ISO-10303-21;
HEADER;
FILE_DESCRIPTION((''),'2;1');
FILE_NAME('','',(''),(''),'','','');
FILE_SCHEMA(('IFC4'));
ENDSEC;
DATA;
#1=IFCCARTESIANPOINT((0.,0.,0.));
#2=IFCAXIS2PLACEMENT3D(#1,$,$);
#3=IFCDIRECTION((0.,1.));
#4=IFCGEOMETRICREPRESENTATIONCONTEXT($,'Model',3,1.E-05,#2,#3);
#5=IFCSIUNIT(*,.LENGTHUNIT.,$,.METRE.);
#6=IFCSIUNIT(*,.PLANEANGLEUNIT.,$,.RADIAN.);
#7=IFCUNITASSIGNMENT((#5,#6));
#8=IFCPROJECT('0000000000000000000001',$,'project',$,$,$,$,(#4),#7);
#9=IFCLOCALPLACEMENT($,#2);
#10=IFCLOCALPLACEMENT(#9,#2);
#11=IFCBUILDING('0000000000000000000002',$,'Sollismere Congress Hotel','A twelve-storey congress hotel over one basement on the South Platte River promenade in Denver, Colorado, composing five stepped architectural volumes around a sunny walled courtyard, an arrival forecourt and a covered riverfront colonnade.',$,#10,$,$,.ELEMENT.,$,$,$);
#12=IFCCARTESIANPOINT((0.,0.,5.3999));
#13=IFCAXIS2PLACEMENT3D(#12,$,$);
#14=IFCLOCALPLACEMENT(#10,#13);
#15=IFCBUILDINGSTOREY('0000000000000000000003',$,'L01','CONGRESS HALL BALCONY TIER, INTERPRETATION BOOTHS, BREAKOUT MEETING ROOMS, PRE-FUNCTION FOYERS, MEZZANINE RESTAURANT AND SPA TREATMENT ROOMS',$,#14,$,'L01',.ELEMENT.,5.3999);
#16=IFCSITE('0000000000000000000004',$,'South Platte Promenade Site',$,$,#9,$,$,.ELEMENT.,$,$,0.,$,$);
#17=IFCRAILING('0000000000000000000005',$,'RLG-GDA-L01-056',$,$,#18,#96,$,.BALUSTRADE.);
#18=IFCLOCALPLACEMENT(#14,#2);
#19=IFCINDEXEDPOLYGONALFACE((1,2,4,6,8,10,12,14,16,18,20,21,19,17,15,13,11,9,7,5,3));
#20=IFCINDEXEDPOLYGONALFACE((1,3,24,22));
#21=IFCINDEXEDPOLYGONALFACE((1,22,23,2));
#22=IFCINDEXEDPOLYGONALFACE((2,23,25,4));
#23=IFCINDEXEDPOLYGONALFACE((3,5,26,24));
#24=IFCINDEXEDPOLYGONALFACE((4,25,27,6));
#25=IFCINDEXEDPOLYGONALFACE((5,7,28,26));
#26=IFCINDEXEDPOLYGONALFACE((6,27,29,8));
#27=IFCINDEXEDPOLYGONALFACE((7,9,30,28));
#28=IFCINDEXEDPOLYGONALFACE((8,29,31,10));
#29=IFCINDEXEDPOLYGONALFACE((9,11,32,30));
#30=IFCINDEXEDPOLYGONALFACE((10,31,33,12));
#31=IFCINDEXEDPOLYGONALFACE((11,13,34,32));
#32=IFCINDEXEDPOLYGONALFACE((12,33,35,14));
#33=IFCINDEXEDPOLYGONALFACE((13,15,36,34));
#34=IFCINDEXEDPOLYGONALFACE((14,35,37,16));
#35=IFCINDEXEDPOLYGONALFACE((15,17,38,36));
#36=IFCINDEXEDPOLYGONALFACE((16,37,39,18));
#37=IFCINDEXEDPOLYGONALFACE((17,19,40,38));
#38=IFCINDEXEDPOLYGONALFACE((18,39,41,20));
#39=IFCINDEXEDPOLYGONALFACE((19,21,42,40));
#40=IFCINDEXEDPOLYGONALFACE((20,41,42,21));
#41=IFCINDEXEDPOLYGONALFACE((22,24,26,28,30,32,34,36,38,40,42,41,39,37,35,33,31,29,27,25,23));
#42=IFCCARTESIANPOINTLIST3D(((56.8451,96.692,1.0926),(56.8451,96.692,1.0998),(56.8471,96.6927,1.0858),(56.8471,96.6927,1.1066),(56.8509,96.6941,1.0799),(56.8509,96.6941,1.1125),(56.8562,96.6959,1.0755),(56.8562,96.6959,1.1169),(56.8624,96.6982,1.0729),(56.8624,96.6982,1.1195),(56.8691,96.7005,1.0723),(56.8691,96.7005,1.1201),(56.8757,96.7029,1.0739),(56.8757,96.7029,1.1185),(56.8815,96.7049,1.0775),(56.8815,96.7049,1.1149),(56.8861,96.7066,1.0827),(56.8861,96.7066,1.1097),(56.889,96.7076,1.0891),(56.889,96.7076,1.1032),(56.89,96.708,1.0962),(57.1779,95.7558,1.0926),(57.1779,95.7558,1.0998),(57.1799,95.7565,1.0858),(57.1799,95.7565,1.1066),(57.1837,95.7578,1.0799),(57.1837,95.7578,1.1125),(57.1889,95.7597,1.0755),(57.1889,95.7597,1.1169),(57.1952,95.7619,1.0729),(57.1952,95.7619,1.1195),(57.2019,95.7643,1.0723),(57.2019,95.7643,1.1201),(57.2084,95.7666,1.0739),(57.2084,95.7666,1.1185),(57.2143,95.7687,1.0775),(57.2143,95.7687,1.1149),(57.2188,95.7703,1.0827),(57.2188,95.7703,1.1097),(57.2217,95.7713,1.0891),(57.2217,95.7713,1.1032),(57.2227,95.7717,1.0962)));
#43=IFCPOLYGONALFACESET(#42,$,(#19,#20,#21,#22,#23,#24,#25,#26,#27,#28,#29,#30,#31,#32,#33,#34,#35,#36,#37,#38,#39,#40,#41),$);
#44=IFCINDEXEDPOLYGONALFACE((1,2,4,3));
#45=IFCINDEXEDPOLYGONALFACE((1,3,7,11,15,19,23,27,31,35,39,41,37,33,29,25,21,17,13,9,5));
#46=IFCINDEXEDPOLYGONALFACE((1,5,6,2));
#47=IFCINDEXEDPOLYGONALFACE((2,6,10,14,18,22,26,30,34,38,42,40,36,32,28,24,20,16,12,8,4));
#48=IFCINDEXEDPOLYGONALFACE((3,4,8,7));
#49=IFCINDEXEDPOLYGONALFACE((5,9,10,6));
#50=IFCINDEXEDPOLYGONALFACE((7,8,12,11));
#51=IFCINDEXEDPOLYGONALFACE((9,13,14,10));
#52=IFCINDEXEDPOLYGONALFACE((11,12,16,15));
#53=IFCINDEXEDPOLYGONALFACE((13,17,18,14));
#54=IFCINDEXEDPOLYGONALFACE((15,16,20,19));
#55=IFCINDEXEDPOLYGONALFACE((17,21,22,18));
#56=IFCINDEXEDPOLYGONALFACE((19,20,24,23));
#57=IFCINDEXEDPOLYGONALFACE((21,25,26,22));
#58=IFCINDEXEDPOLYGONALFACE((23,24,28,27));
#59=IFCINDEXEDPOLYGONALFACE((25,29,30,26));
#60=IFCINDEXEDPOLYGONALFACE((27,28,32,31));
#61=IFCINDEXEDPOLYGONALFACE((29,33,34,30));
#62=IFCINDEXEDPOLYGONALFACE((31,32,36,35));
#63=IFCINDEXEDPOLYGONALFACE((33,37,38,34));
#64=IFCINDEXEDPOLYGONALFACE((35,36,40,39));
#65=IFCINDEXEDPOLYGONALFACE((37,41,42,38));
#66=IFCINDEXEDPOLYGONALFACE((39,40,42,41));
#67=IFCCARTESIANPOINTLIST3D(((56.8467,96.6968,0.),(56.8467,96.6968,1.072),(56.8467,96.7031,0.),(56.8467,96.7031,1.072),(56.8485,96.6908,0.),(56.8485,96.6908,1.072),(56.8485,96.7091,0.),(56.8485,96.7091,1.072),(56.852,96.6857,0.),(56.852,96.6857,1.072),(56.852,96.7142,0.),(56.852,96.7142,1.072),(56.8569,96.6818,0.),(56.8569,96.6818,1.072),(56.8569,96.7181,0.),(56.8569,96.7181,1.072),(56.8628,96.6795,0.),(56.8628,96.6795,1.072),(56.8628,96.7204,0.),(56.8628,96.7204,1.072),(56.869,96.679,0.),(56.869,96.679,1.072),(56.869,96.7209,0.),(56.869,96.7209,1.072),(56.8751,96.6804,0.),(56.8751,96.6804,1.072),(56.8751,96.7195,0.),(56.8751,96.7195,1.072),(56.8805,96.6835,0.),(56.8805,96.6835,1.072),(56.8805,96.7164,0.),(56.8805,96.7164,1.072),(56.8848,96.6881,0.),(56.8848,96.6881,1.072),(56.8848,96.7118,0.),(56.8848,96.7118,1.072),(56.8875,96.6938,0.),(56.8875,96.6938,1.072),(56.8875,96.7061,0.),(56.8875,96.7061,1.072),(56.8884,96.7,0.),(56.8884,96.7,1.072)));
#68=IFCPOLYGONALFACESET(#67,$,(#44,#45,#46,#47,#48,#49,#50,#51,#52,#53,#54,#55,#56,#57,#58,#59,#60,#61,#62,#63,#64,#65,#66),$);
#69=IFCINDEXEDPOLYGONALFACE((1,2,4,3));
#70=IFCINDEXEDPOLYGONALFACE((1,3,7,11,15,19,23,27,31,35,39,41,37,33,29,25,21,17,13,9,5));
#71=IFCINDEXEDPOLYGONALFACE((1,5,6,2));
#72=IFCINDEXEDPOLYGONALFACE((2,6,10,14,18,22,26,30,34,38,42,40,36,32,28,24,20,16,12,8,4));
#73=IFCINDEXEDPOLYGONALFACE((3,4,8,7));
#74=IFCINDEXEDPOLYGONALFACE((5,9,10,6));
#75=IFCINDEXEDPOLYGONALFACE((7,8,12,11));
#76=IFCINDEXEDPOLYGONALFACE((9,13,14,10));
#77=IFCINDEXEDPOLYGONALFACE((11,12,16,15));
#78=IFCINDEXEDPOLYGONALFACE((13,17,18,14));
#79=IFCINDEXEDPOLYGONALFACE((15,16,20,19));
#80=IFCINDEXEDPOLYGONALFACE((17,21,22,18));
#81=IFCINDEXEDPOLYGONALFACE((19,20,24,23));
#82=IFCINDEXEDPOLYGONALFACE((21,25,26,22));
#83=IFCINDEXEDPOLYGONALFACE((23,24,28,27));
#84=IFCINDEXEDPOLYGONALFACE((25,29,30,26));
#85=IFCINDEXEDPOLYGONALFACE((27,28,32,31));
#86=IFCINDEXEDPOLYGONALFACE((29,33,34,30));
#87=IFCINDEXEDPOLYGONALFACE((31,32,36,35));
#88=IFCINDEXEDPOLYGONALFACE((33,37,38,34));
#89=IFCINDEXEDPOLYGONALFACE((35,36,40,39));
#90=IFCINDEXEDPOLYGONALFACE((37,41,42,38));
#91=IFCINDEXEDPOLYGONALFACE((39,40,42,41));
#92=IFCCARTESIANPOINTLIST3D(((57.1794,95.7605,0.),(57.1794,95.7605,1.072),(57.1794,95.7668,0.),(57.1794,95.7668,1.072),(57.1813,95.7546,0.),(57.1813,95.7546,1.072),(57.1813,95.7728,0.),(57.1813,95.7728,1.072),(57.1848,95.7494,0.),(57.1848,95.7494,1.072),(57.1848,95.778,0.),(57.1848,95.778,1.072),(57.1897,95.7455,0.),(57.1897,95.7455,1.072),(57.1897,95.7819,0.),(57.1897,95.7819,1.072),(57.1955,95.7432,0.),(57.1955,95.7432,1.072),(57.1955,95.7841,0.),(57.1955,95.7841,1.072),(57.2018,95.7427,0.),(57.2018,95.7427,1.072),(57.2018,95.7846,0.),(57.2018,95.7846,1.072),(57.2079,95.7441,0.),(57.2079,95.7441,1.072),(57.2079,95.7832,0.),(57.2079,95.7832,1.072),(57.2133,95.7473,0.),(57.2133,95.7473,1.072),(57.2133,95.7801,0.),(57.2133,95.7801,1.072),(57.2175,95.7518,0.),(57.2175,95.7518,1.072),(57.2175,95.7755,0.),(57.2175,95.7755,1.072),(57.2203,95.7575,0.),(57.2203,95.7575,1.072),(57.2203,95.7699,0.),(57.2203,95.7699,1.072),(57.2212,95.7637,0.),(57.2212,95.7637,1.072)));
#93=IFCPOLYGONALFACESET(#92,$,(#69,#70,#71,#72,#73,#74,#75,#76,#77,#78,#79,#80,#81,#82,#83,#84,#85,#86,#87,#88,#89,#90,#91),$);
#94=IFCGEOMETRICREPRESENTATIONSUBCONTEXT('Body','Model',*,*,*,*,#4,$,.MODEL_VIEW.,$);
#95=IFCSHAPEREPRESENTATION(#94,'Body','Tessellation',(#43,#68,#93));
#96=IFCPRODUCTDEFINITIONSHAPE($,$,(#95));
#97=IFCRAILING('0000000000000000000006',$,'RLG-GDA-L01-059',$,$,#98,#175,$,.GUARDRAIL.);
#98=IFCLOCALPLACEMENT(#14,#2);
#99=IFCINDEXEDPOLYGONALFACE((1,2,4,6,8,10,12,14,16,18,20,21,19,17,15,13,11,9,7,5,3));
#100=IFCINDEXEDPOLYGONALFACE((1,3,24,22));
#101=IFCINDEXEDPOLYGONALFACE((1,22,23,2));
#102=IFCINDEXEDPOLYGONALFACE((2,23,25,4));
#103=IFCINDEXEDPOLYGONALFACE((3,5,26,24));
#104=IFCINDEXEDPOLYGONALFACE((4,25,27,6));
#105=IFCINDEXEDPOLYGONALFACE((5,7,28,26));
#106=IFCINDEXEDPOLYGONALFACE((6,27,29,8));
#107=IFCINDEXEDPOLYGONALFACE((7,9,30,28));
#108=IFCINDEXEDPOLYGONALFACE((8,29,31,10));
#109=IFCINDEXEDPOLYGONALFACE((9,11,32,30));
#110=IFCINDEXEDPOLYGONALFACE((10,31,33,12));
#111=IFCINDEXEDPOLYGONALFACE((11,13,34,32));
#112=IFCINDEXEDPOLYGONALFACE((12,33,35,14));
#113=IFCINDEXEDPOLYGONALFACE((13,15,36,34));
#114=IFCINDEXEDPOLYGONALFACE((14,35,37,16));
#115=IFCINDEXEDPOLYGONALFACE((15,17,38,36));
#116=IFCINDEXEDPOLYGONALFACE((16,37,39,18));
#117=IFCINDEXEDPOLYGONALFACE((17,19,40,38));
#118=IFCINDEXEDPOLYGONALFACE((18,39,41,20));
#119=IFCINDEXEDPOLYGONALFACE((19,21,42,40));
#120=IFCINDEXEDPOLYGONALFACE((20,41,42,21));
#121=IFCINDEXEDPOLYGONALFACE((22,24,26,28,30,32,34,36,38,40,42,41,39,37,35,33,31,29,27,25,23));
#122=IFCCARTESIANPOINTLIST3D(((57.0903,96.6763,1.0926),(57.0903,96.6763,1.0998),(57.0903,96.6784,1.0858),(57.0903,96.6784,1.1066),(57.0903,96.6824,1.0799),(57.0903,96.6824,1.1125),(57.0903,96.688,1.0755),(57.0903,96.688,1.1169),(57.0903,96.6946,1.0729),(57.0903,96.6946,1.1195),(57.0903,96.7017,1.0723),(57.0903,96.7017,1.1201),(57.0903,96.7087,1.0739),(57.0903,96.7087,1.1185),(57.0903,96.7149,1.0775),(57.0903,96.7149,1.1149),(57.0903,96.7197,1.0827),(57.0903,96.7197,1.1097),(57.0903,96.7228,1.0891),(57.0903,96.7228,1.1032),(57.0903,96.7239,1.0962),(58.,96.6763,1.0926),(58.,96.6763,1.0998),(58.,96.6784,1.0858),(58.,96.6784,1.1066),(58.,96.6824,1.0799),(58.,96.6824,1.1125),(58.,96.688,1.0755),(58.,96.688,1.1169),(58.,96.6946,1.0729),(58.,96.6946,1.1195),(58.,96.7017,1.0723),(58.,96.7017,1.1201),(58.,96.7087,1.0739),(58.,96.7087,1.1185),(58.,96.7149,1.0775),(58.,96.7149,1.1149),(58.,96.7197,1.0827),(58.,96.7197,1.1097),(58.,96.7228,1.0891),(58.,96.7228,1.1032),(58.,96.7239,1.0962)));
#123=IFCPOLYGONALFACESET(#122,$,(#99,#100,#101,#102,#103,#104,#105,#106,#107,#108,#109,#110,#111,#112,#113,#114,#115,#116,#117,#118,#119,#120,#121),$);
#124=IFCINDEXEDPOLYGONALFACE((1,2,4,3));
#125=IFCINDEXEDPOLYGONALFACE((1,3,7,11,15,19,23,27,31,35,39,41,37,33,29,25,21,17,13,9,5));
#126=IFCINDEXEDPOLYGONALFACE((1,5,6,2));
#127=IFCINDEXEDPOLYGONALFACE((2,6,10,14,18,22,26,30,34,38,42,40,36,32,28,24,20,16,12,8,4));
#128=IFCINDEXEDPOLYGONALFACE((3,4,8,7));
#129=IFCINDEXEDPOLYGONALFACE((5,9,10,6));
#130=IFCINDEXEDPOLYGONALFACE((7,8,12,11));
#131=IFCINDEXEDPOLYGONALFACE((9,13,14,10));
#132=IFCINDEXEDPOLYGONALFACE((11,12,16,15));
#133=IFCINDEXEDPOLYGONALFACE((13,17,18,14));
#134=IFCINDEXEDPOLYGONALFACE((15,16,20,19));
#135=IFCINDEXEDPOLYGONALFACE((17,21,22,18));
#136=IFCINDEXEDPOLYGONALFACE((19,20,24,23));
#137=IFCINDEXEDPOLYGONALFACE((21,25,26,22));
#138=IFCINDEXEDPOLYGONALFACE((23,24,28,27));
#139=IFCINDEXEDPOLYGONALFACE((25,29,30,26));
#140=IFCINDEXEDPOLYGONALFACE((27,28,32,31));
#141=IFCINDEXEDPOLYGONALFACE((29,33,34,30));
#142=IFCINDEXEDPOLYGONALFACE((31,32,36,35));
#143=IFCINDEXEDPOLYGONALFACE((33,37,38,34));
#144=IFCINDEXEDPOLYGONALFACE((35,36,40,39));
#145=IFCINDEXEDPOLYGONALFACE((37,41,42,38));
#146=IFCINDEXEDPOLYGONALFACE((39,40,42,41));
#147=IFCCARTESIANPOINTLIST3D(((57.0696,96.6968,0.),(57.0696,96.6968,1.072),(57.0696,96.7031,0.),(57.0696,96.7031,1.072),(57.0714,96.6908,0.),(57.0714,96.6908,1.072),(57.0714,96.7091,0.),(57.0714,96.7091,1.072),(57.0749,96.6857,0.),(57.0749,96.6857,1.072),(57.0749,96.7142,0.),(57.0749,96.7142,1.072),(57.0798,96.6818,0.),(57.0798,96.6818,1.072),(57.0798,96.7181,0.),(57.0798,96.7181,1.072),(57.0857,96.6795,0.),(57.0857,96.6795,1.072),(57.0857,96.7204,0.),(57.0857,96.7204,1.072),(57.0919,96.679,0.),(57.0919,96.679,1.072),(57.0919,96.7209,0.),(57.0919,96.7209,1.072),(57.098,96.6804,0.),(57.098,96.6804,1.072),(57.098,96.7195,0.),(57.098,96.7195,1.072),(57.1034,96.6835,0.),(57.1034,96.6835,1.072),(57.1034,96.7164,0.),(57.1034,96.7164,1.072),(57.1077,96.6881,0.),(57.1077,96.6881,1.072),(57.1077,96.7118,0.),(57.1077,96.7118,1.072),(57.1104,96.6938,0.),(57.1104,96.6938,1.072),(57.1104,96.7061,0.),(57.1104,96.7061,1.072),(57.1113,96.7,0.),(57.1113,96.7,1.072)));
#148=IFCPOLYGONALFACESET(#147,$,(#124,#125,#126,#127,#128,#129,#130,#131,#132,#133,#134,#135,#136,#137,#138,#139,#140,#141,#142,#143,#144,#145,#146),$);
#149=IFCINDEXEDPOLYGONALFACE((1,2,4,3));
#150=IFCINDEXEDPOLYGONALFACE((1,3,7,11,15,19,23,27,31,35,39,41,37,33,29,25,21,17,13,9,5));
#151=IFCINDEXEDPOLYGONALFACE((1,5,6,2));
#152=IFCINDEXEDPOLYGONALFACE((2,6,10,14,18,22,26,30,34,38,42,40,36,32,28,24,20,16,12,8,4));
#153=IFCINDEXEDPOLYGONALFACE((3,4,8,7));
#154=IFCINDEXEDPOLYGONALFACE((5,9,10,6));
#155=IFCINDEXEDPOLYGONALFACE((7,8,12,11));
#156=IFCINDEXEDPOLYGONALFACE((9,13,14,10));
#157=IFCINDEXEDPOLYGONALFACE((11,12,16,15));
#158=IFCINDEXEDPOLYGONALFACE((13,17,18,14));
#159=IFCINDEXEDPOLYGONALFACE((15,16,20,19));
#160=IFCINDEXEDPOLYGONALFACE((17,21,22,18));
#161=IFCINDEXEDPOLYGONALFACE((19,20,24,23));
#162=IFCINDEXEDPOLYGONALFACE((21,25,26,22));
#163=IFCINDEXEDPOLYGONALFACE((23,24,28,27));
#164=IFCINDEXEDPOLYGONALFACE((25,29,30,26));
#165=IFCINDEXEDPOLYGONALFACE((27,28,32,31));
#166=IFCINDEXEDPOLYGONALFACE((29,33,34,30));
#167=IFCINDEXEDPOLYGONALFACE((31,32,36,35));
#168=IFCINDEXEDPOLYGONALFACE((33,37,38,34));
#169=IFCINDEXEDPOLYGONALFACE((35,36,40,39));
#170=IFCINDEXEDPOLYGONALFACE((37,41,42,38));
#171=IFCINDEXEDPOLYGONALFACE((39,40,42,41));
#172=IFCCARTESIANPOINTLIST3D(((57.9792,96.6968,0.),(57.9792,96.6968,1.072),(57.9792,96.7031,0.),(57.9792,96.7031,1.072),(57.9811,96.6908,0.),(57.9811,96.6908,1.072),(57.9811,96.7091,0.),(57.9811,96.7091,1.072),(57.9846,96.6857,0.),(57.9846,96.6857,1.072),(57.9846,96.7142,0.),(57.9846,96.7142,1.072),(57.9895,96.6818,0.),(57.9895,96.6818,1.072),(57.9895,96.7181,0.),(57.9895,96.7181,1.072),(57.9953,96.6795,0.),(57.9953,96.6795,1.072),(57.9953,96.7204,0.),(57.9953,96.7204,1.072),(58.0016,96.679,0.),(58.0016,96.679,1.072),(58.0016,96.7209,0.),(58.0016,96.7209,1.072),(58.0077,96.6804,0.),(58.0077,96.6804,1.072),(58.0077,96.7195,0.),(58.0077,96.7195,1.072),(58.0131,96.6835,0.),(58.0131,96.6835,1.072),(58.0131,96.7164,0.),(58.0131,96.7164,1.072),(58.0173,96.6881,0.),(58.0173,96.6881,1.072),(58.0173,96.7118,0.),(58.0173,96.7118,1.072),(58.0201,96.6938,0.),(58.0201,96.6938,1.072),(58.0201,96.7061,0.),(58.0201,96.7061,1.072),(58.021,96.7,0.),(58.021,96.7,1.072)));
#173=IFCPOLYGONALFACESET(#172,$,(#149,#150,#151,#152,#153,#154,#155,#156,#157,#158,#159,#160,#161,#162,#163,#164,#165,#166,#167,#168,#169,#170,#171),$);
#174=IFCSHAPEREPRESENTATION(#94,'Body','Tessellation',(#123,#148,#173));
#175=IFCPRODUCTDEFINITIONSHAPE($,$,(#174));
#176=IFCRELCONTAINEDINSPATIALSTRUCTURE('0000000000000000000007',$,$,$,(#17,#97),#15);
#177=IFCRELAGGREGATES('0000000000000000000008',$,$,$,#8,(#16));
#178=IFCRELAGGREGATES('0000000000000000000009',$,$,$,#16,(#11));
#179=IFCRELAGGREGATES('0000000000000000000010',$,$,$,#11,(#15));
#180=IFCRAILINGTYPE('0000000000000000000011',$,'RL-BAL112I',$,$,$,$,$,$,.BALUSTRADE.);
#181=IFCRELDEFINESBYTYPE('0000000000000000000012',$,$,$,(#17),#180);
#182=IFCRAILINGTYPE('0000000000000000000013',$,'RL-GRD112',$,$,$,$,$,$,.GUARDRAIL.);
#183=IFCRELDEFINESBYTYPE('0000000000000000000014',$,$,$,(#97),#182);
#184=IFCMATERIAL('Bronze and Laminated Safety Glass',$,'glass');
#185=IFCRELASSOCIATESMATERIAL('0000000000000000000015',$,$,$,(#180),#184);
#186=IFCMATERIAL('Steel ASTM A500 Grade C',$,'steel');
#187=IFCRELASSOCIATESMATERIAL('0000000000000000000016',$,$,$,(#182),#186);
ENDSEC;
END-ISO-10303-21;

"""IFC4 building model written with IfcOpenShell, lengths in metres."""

from ifc_helpers import new_model, si_unit, direction, frame, origin, origin_2d, place, context, subcontext, project, spatial, circle, extrude, material, type_object, element, save


model = new_model("IFC4")

# Units and contexts
model_context = context("Model", 3, precision=1e-05, world=origin(), true_north=direction((0.0, 1.0)))
body_context = subcontext(model_context, "Body", "Model", "MODEL_VIEW")
ifc_project = project(units=[si_unit("LENGTHUNIT", "METRE"), si_unit("PLANEANGLEUNIT", "RADIAN")], contexts=[model_context])

# Site, building, storey
site_placement = place(None, origin())
site = spatial("IfcSite", under=ifc_project, at=site_placement, Name="South Platte Promenade Site", CompositionType="ELEMENT", RefElevation=0.0)
building_placement = place(site_placement, origin())
building = spatial("IfcBuilding", under=site, at=building_placement, Name="Sollismere Congress Hotel", Description="A twelve-storey congress hotel over one basement on the South Platte River promenade in Denver, Colorado, composing five stepped architectural volumes around a sunny walled courtyard, an arrival forecourt and a covered riverfront colonnade.", CompositionType="ELEMENT")
storey_placement = place(building_placement, frame((0.0, 0.0, 5.3999)))
storey = spatial("IfcBuildingStorey", under=building, at=storey_placement, Name="L01", Description="CONGRESS HALL BALCONY TIER, INTERPRETATION BOOTHS, BREAKOUT MEETING ROOMS, PRE-FUNCTION FOYERS, MEZZANINE RESTAURANT AND SPA TREATMENT ROOMS", LongName="L01", CompositionType="ELEMENT", Elevation=5.3999)

# Shared definitions
ifc_material_1 = material(Name="Steel ASTM A500 Grade C", Category="steel")

# Railings
ifc_material_2 = material(Name="Bronze and Laminated Safety Glass", Category="glass")
railing_type_1 = type_object("IfcRailingType", Name="RL-BAL112I", PredefinedType="BALUSTRADE", material=ifc_material_2)
railing_1_placement = place(storey_placement, frame((56.8674, 96.7, 0.0)))
element("IfcRailing", 1, at=railing_1_placement, inside=storey, type_object=railing_type_1, Name="RLG-GDA-L01-056", PredefinedType="BALUSTRADE", context=body_context, shape_type="SweptSolid", body=[
    extrude(circle(Radius=0.0239, at=origin_2d()), frame((0.0, 0.0, 1.0962), z_axis=(0.334888, -0.942258, 0.0), x_axis=(0.942258, 0.334888, 0.0)), (0.0, 0.0, 1.0), 0.9937),
    extrude(circle(Radius=0.021, at=origin_2d()), origin(), (0.0, 0.0, 1.0), 1.072),
    extrude(circle(Radius=0.021, at=origin_2d()), frame((0.3328, -0.9363, 0.0)), (0.0, 0.0, 1.0), 1.072),
])
railing_type_2 = type_object("IfcRailingType", Name="RL-GRD112", PredefinedType="GUARDRAIL", material=ifc_material_1)
railing_2_placement = place(storey_placement, frame((57.0903, 96.7, 0.0)))
element("IfcRailing", 2, at=railing_2_placement, inside=storey, type_object=railing_type_2, Name="RLG-GDA-L01-059", PredefinedType="GUARDRAIL", context=body_context, shape_type="SweptSolid", body=[
    extrude(circle(Radius=0.0239, at=origin_2d()), frame((0.0, 0.0, 1.0962), z_axis=(1.0, 0.0, 0.0), x_axis=(0.0, 1.0, 0.0)), (0.0, 0.0, 1.0), 0.9097),
    extrude(circle(Radius=0.021, at=origin_2d()), origin(), (0.0, 0.0, 1.0), 1.072),
    extrude(circle(Radius=0.021, at=origin_2d()), frame((0.9097, 0.0, 0.0)), (0.0, 0.0, 1.0), 1.072),
])

save(model, "model.ifc")
